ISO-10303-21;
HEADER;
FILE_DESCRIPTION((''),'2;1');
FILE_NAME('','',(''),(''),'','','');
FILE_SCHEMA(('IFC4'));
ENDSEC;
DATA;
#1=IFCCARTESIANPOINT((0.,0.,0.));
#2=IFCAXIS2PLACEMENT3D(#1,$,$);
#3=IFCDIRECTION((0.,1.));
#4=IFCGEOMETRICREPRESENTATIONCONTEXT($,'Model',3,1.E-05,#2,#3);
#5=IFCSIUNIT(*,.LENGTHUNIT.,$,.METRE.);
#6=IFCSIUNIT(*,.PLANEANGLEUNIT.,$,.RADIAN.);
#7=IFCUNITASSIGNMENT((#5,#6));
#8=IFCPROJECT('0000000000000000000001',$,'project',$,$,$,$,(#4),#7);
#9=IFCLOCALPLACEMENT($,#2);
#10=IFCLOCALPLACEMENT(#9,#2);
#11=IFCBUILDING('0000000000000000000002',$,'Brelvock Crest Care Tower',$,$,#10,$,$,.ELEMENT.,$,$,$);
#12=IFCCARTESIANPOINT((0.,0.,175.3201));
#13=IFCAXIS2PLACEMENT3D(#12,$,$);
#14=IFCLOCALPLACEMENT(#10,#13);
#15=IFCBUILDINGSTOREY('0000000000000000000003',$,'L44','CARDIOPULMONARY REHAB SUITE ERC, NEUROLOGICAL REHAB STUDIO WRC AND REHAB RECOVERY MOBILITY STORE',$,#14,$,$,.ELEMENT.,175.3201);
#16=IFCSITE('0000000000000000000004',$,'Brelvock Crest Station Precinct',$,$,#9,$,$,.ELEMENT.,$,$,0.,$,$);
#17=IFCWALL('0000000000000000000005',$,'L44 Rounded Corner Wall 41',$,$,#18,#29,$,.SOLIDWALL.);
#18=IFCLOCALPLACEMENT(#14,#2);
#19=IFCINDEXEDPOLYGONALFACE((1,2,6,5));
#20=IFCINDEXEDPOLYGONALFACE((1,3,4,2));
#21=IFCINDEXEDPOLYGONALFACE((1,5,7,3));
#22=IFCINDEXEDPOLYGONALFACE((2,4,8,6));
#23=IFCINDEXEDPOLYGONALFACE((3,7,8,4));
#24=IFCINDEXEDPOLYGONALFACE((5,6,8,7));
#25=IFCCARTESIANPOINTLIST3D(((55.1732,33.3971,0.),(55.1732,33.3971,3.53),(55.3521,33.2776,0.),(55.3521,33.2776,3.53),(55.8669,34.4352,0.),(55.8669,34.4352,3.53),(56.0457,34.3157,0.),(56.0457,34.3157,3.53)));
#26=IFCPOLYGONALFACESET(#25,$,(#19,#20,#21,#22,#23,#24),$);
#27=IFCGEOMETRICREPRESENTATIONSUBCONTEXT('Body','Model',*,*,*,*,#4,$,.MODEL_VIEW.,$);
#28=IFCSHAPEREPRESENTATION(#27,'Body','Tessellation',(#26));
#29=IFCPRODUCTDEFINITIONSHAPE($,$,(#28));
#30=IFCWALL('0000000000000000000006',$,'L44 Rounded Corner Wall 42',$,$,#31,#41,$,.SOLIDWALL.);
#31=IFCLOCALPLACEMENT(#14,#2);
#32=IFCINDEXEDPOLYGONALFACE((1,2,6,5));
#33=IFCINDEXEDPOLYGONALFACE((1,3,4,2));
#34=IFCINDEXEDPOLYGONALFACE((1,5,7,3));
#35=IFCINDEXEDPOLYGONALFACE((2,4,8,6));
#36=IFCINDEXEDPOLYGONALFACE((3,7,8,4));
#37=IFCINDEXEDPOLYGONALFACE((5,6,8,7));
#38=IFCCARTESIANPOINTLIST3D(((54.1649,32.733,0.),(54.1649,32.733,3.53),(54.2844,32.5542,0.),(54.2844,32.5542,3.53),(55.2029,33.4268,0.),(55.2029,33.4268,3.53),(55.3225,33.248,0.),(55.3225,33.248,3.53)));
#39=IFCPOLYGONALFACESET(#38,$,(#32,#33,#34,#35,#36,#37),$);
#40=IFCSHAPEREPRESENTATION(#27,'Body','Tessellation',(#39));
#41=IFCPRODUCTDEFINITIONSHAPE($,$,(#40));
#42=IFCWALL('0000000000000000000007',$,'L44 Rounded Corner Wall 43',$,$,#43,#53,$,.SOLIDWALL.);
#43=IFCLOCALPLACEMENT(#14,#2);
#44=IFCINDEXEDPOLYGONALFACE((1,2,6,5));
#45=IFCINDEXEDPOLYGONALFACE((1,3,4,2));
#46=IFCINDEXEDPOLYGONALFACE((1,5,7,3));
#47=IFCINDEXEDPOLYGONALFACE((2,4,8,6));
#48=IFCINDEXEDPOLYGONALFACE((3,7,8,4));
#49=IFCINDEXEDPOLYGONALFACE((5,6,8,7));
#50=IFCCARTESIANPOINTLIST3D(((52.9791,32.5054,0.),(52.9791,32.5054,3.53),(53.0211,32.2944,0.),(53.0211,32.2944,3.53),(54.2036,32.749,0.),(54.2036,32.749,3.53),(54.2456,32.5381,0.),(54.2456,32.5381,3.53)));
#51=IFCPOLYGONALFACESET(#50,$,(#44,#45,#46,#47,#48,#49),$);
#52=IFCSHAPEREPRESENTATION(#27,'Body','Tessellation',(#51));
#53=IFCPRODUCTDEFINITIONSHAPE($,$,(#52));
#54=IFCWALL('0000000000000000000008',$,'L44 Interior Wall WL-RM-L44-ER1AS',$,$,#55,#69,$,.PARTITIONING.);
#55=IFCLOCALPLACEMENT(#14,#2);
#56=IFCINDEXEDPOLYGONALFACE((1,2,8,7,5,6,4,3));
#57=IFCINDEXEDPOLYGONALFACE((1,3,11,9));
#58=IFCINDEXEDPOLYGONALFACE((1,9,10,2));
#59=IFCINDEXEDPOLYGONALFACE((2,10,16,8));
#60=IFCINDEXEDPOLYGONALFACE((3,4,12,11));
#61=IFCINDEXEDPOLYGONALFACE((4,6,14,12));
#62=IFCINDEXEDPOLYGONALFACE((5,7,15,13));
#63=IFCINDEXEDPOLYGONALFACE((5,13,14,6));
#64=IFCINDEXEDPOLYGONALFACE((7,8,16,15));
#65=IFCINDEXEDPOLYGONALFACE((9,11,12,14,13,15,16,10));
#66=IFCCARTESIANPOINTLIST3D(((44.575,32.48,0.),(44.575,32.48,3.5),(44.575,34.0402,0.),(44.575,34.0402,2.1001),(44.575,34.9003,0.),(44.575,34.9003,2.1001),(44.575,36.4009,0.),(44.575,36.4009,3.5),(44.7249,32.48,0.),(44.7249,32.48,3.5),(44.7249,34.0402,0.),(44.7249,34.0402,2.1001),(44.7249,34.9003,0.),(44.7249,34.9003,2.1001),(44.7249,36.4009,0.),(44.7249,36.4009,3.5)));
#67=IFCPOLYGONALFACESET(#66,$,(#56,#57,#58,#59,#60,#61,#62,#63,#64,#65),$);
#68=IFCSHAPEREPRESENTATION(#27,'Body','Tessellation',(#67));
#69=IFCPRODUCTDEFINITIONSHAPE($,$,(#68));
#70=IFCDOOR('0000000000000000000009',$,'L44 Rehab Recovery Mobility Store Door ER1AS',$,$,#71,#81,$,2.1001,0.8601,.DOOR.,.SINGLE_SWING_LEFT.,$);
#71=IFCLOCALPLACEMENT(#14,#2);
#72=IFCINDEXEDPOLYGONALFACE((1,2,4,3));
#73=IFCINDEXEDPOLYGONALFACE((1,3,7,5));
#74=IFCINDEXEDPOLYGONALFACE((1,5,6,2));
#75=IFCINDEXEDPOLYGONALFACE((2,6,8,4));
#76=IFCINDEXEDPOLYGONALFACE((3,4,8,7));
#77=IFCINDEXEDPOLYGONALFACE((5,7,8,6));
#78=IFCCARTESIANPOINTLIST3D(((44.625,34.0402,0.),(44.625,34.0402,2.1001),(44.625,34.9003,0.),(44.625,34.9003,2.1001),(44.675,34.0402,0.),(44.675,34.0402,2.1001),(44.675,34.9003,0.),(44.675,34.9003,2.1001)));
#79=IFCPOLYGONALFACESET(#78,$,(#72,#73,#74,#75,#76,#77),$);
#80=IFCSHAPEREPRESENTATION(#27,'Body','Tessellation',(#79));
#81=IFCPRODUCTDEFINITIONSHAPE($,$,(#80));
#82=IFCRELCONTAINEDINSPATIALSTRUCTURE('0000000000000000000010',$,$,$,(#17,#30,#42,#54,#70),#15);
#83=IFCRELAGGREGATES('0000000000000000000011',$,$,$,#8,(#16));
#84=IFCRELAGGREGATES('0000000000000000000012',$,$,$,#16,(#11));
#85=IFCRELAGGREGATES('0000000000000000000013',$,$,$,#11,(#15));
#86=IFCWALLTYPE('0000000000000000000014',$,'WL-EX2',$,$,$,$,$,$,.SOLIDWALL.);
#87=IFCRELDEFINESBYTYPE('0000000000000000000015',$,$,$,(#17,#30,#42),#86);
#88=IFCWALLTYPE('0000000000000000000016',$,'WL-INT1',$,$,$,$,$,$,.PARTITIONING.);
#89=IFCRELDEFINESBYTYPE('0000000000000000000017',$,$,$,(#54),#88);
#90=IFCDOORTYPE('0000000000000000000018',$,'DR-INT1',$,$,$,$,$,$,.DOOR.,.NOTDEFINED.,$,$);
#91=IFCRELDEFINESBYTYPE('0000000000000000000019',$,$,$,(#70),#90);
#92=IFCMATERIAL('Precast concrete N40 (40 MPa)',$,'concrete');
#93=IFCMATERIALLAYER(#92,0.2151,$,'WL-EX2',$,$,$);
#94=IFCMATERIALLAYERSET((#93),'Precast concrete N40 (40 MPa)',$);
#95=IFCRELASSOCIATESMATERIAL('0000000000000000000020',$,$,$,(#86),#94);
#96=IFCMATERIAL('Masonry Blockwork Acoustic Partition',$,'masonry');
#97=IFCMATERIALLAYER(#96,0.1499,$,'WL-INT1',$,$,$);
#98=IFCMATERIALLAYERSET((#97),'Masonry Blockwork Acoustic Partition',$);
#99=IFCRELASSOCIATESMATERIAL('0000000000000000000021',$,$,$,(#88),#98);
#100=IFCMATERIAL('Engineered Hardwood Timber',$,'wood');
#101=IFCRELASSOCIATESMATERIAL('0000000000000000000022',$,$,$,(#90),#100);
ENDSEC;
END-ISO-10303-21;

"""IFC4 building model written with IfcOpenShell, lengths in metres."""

from ifc_helpers import new_model, si_unit, direction, frame, frame_2d, origin, origin_2d, place, context, subcontext, project, spatial, rectangle, extrude, source, transform, mapped, material, layer, layer_set, type_object, element, fill, save


model = new_model("IFC4")

# Units and contexts
model_context = context("Model", 3, precision=1e-05, world=origin(), true_north=direction((0.0, 1.0)))
body_context = subcontext(model_context, "Body", "Model", "MODEL_VIEW")
ifc_project = project(units=[si_unit("LENGTHUNIT", "METRE"), si_unit("PLANEANGLEUNIT", "RADIAN")], contexts=[model_context])

# Site, building, storey
site_placement = place(None, origin())
site = spatial("IfcSite", under=ifc_project, at=site_placement, Name="Brelvock Crest Station Precinct", CompositionType="ELEMENT", RefElevation=0.0)
building_placement = place(site_placement, origin())
building = spatial("IfcBuilding", under=site, at=building_placement, Name="Brelvock Crest Care Tower", CompositionType="ELEMENT")
storey_placement = place(building_placement, frame((0.0, 0.0, 175.3201)))
storey = spatial("IfcBuildingStorey", under=building, at=storey_placement, Name="L44", Description="CARDIOPULMONARY REHAB SUITE ERC, NEUROLOGICAL REHAB STUDIO WRC AND REHAB RECOVERY MOBILITY STORE", CompositionType="ELEMENT", Elevation=175.3201)

# Walls
ifc_material_1 = material(Name="Precast concrete N40 (40 MPa)", Category="concrete")
ifc_layer_1 = layer(ifc_material_1, 0.2151, Name="WL-EX2")
ifc_layer_set_1 = layer_set([ifc_layer_1], Name="Precast concrete N40 (40 MPa)")
wall_type_1 = type_object("IfcWallType", Name="WL-EX2", PredefinedType="SOLIDWALL", material=ifc_layer_set_1)
for number, where, z_axis, x_axis, name in (
    (1, (55.9563, 34.3755, 0.0), (0.0, 0.0, 1.0), (-0.555557, -0.831478, 0.0), "L44 Rounded Corner Wall 41"),
    (2, (55.2627, 33.3374, 0.0), (0.0, 0.0, 1.0), (-0.831388, -0.555692, 0.0), "L44 Rounded Corner Wall 42"),
    (3, (54.2246, 32.6436, 0.0), (0.0, 0.0, 1.0), (-0.980776, -0.195138, 0.0), "L44 Rounded Corner Wall 43"),
):
    element("IfcWall", number, at=place(storey_placement, frame(where, z_axis=z_axis, x_axis=x_axis)), inside=storey, type_object=wall_type_1, Name=name, PredefinedType="SOLIDWALL", context=body_context, shape_type="SweptSolid", body=[
        extrude(rectangle(XDim=1.2485, YDim=0.2151, at=frame_2d((0.6243, 0.0))), origin(), (0.0, 0.0, 1.0), 3.53),
    ])

# Wall, opening, door
ifc_material_2 = material(Name="Masonry Blockwork Acoustic Partition", Category="masonry")
ifc_layer_2 = layer(ifc_material_2, 0.1499, Name="WL-INT1")
ifc_layer_set_2 = layer_set([ifc_layer_2], Name="Masonry Blockwork Acoustic Partition")
wall_type_2 = type_object("IfcWallType", Name="WL-INT1", PredefinedType="PARTITIONING", material=ifc_layer_set_2)
wall_placement = place(storey_placement, frame((44.6499, 32.48, 0.0), z_axis=(0.0, 0.0, 1.0), x_axis=(0.0, 1.0, 0.0)))
wall = element("IfcWall", 4, at=wall_placement, inside=storey, type_object=wall_type_2, Name="L44 Interior Wall WL-RM-L44-ER1AS", PredefinedType="PARTITIONING", context=body_context, shape_type="SweptSolid", body=[
    extrude(rectangle(XDim=3.9209, YDim=0.1499, at=frame_2d((1.9604, 0.0))), origin(), (0.0, 0.0, 1.0), 3.5),
])
opening_placement = place(wall_placement, frame((1.5601, 0.0, 0.0)))
opening = element("IfcOpeningElement", 5, at=opening_placement, cuts=wall, PredefinedType="OPENING", context=body_context, shape_type="SweptSolid", body=[
    extrude(rectangle(XDim=0.8601, YDim=2.1001, at=origin_2d()), frame((0.4302, 0.085, 1.05), z_axis=(0.0, -1.0, 0.0), x_axis=(1.0, 0.0, 0.0)), (0.0, 0.0, 1.0), 0.1699),
])
ifc_material_3 = material(Name="Engineered Hardwood Timber", Category="wood")
door_type = type_object("IfcDoorType", Name="DR-INT1", OperationType="NOTDEFINED", PredefinedType="DOOR", material=ifc_material_3)
shared_shape_1 = source(origin(), body_context, "Body", "SweptSolid", [
    extrude(rectangle(XDim=0.8601, YDim=2.1001, at=origin_2d()), frame((0.4302, 0.0249, 1.05), z_axis=(0.0, -1.0, 0.0), x_axis=(1.0, 0.0, 0.0)), (0.0, 0.0, 1.0), 0.05),
])
door_placement = place(opening_placement, origin())
door = element("IfcDoor", 6, at=door_placement, inside=storey, type_object=door_type, Name="L44 Rehab Recovery Mobility Store Door ER1AS", OperationType="SINGLE_SWING_LEFT", OverallHeight=2.1001, OverallWidth=0.8601, PredefinedType="DOOR", context=body_context, shape_type="MappedRepresentation", body=[
    mapped(shared_shape_1, transform((0.0, 0.0, 0.0), x_axis=(1.0, 0.0, 0.0), y_axis=(0.0, 1.0, 0.0), z_axis=(0.0, 0.0, 1.0), scale=1.0)),
])
fill(opening, door)

save(model, "model.ifc")
